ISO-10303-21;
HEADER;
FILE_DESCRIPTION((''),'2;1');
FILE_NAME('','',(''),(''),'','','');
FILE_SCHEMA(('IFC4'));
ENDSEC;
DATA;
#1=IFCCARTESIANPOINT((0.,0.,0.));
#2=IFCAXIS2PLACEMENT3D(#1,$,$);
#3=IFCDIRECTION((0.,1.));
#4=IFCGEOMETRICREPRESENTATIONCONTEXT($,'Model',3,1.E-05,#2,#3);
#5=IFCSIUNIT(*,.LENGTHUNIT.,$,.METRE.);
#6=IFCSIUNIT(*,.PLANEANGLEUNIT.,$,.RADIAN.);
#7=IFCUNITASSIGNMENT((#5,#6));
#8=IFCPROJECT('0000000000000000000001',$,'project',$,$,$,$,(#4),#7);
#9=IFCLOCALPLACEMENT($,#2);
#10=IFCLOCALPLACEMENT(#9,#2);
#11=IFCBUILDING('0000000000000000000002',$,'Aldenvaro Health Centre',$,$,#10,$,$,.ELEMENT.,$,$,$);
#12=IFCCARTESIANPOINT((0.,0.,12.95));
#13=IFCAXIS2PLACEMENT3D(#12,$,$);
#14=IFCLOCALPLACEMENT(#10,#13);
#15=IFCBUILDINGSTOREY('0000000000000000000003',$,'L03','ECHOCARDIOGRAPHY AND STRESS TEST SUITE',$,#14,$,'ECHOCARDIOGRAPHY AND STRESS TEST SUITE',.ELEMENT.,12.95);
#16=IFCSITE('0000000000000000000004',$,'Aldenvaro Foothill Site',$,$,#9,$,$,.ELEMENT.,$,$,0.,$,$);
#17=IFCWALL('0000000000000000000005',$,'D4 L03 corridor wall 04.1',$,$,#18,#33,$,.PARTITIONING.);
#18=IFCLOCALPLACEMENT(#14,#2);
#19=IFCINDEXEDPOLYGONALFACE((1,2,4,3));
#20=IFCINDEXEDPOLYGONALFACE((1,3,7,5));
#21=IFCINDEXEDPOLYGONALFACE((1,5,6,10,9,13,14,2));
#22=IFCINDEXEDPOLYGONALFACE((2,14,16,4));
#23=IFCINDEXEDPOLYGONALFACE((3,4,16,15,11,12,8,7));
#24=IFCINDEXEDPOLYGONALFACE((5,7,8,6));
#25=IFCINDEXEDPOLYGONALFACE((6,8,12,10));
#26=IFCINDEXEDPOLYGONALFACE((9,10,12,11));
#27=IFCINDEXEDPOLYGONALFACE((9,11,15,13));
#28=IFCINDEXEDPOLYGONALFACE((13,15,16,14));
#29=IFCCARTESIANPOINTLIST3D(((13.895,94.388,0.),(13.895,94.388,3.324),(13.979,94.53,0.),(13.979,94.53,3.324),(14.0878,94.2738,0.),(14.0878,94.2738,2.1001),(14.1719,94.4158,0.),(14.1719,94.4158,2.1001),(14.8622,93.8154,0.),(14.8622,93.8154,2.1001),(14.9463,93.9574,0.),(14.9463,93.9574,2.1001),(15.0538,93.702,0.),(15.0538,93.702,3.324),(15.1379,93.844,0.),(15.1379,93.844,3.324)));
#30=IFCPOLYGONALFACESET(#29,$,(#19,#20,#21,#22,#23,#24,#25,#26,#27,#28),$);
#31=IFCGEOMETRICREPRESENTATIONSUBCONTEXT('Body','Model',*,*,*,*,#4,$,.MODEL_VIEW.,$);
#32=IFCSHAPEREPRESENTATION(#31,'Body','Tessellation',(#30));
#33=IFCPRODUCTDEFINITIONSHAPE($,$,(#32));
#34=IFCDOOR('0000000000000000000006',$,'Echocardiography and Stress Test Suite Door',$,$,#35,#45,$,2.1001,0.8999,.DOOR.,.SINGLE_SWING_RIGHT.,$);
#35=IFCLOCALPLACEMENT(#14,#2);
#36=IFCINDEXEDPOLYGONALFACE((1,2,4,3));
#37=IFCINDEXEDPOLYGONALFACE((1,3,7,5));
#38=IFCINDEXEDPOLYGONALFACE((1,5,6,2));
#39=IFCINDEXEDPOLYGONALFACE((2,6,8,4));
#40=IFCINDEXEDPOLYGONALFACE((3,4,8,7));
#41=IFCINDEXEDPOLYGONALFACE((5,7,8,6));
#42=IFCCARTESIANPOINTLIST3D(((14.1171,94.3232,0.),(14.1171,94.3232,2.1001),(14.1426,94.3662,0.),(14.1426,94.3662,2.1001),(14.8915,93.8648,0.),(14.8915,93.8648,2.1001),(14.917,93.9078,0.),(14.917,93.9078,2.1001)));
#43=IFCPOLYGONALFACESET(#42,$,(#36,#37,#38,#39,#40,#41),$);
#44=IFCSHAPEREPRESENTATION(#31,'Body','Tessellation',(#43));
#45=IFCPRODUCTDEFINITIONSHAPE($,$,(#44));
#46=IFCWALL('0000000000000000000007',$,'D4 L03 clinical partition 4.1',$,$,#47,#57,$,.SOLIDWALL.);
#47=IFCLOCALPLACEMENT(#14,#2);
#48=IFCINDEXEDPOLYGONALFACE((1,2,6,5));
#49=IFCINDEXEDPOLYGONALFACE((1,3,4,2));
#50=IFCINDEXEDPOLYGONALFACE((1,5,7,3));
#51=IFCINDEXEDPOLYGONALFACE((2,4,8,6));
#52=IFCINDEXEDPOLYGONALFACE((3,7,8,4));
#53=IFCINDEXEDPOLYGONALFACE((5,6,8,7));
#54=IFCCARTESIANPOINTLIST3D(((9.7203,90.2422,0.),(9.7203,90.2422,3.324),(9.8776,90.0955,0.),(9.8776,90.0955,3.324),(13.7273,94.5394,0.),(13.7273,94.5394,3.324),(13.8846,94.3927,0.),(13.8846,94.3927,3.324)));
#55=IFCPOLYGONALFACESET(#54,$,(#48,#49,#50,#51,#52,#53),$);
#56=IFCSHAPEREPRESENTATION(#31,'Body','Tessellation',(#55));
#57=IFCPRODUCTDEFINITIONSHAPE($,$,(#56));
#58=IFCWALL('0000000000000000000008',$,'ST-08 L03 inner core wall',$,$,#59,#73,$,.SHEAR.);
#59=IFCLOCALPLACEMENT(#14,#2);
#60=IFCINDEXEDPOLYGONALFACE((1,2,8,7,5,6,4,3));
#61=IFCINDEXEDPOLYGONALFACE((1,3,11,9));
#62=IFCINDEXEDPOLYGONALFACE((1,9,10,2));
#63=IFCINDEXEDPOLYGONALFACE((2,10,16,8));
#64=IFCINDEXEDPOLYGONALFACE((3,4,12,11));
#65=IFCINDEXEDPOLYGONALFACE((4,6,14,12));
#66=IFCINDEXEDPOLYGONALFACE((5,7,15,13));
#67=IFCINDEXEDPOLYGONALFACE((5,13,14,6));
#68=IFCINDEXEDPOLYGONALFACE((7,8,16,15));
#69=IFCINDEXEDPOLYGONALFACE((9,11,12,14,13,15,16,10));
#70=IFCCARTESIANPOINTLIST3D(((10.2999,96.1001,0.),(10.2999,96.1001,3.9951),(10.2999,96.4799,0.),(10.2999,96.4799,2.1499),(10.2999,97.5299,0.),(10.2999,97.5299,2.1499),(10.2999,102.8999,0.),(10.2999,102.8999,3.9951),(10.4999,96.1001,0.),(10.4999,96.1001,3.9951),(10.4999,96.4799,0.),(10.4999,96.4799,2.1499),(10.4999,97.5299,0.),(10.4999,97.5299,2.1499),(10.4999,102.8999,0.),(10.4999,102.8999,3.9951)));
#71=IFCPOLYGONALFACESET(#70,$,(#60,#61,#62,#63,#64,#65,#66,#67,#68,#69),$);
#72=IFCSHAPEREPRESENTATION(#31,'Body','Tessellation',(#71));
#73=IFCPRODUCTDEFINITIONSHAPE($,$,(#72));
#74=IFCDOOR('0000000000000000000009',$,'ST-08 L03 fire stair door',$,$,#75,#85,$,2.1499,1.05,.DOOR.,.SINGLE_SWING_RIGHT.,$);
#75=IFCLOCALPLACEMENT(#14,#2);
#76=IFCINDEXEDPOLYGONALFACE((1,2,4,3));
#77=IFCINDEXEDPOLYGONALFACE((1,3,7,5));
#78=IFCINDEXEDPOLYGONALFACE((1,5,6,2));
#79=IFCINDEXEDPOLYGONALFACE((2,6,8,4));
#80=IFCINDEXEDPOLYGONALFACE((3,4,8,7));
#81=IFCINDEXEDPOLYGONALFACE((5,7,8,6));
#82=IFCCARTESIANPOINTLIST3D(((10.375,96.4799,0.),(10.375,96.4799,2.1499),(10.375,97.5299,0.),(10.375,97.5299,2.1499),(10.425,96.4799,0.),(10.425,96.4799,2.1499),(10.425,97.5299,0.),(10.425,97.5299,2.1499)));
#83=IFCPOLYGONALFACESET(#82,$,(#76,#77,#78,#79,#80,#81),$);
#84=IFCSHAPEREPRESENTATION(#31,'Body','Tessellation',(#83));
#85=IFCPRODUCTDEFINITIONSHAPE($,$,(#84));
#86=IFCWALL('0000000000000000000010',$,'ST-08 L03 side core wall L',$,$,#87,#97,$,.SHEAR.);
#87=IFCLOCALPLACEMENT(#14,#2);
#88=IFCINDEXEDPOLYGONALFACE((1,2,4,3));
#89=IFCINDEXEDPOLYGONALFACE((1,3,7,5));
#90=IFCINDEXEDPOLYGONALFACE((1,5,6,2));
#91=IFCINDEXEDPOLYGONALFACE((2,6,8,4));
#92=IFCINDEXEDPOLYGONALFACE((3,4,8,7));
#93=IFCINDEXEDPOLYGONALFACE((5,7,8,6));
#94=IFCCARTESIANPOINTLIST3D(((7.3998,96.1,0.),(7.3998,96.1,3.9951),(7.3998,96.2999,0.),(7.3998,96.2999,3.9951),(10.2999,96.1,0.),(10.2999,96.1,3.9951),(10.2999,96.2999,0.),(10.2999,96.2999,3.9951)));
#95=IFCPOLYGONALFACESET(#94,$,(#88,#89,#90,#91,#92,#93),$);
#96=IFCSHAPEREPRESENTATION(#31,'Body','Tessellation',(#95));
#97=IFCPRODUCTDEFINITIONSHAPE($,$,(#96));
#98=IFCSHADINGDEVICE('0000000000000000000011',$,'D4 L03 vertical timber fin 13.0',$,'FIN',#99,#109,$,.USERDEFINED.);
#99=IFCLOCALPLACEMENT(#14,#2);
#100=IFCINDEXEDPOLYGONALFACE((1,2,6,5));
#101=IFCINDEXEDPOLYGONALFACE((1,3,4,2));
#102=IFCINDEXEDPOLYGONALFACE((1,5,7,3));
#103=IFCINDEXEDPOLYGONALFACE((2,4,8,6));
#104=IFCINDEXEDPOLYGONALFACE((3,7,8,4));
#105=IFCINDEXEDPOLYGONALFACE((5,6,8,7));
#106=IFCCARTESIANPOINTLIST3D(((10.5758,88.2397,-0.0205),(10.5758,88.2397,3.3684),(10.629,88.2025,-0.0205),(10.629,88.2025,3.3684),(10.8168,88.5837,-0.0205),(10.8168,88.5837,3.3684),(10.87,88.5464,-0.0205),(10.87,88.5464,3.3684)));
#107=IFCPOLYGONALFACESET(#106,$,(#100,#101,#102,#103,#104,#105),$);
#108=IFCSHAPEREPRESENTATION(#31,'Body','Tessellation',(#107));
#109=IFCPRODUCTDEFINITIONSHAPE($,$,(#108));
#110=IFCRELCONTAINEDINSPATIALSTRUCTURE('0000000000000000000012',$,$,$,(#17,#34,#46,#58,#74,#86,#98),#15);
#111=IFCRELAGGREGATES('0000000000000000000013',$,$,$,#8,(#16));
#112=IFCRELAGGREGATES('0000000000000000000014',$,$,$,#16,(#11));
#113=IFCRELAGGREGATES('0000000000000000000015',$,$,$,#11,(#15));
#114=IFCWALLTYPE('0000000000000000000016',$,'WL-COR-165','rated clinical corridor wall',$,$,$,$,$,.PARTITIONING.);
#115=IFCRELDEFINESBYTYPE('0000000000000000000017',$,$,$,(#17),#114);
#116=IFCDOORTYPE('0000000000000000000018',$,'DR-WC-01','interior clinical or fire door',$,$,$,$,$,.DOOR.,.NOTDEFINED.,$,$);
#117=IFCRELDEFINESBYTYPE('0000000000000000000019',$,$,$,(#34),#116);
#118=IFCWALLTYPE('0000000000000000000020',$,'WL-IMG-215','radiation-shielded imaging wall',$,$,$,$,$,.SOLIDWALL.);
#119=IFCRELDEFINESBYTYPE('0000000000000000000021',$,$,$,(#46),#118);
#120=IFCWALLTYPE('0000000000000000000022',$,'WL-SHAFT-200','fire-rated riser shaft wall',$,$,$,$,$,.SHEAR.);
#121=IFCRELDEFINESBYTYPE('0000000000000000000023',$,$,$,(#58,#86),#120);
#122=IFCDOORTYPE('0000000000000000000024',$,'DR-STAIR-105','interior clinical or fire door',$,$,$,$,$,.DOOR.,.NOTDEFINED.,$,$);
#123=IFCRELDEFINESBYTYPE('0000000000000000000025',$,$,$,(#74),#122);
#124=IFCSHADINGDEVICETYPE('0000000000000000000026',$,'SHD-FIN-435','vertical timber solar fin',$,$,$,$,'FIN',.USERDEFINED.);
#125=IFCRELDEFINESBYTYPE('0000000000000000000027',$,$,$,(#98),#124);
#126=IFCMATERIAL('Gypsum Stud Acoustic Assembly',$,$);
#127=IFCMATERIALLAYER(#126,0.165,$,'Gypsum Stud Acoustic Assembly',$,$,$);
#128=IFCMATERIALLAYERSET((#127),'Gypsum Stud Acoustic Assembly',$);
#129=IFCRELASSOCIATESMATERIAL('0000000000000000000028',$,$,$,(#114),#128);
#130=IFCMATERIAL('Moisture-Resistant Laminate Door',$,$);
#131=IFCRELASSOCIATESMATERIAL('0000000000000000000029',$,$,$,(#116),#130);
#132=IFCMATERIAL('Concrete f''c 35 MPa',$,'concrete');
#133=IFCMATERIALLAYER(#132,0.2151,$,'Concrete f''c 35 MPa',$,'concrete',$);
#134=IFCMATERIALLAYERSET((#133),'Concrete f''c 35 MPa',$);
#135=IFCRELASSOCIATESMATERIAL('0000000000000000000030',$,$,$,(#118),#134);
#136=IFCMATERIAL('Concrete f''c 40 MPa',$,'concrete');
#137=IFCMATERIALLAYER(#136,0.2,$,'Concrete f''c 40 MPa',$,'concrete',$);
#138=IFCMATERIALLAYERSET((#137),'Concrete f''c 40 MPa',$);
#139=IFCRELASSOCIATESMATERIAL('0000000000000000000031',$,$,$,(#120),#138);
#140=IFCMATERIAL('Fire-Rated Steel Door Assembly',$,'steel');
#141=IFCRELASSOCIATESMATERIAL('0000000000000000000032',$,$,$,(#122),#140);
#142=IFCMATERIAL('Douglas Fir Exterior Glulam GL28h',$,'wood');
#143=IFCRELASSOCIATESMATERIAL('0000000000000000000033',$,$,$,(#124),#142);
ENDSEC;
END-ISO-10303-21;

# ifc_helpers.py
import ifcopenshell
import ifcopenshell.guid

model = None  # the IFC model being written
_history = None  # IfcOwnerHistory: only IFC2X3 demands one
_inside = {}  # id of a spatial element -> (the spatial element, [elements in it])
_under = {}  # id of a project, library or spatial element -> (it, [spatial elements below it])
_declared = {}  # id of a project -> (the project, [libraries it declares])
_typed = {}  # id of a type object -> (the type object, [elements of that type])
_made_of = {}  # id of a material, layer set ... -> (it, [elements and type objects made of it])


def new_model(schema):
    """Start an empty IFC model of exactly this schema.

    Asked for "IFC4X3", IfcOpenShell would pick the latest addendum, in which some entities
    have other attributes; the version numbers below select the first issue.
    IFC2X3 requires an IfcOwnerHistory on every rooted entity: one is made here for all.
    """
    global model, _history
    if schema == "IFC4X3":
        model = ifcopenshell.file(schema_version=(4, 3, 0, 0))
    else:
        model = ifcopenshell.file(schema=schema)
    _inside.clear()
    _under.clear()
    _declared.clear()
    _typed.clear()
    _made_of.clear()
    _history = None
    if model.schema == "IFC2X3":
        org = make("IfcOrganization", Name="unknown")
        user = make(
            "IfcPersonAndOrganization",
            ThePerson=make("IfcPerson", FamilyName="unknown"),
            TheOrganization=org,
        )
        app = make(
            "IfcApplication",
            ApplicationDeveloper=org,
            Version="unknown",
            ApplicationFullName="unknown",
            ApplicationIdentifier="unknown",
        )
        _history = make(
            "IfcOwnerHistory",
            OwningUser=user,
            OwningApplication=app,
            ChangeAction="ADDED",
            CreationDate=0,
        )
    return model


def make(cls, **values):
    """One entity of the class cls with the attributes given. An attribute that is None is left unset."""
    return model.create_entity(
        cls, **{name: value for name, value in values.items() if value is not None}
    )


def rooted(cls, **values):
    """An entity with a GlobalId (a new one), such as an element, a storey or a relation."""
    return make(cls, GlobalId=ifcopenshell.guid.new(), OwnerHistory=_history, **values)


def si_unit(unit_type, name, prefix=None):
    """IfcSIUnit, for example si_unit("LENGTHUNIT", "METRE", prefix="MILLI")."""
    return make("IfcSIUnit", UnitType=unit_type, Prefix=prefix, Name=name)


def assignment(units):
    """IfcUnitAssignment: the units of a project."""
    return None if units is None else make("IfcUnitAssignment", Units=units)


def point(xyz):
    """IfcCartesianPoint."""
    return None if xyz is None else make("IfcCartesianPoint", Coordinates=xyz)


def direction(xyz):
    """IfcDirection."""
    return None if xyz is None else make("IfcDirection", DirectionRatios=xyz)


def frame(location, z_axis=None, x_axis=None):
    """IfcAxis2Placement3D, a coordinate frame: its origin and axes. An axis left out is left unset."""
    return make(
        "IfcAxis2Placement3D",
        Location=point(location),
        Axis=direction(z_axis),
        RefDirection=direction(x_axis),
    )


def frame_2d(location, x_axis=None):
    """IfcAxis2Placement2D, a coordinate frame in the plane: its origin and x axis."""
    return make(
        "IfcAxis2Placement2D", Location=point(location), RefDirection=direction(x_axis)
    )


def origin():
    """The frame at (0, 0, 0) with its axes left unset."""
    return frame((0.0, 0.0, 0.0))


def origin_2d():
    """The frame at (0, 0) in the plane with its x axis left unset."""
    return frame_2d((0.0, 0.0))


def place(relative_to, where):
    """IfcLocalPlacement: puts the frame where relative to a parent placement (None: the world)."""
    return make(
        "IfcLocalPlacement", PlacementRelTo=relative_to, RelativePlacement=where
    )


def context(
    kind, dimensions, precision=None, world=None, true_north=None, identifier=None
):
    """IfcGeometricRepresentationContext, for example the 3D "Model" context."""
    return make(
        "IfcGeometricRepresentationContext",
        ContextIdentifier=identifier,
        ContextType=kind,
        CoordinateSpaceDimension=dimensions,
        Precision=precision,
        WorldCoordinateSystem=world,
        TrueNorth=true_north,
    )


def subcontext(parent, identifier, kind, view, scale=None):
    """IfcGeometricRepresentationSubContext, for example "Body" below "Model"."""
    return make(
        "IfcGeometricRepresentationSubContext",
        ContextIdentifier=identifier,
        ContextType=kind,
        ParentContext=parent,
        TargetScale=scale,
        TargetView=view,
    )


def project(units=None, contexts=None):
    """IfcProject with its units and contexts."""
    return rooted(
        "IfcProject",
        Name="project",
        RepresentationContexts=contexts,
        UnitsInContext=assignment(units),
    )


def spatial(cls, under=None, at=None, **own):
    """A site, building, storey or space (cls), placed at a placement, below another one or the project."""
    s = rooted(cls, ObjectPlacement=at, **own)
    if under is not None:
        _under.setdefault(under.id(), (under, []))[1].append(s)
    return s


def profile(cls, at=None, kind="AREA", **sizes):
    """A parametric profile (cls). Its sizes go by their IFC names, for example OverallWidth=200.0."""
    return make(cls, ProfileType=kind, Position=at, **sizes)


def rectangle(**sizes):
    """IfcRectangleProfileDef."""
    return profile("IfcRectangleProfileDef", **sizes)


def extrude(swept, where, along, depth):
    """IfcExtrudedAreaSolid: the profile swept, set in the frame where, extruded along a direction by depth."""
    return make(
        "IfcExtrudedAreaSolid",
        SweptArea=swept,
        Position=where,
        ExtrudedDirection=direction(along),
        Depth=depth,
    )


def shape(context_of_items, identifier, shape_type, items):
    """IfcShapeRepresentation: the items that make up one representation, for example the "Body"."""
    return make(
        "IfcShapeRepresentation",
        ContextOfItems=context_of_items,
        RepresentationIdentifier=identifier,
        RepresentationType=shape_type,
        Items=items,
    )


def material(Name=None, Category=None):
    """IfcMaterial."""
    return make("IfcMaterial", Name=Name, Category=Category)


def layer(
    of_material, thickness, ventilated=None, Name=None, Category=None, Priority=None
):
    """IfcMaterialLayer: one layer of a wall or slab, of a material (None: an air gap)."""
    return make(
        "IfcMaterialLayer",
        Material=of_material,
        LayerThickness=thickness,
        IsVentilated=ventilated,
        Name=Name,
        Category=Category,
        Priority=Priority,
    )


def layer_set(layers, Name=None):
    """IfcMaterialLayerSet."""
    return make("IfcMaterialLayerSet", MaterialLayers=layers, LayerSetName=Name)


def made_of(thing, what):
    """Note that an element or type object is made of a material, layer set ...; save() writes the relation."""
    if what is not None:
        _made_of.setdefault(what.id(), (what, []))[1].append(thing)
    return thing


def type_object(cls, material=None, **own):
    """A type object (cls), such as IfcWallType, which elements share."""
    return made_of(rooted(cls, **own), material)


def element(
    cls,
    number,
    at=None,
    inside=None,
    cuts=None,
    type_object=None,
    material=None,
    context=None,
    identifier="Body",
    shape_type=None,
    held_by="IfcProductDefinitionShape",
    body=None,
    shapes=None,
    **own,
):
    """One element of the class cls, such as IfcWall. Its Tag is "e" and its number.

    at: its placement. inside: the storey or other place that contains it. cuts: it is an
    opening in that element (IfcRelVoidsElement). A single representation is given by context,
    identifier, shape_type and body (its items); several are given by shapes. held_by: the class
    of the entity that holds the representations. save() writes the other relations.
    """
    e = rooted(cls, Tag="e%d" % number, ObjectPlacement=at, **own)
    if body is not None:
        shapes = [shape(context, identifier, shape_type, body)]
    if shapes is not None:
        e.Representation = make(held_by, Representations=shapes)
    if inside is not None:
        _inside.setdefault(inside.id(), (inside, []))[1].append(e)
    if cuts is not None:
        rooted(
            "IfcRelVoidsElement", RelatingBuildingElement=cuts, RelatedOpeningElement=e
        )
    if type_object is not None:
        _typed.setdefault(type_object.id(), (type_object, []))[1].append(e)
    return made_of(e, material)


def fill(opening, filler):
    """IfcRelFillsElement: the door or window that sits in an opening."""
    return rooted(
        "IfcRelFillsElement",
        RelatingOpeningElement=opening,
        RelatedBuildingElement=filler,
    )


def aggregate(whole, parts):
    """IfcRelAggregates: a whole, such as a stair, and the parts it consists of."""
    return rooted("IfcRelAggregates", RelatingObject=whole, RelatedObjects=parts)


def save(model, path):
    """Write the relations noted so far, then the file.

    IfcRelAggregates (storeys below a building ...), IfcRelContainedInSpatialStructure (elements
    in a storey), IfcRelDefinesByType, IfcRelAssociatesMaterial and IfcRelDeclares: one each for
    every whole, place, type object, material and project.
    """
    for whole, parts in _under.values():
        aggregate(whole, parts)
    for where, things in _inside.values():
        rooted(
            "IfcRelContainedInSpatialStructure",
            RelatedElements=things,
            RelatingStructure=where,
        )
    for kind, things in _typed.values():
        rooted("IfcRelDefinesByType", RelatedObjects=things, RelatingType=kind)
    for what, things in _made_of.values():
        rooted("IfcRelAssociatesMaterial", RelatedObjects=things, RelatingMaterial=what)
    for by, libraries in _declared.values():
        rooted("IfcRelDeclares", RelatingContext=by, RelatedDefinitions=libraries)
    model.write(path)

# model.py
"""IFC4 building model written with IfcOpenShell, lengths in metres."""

from ifc_helpers import new_model, si_unit, direction, frame, frame_2d, origin, origin_2d, place, context, subcontext, project, spatial, rectangle, extrude, material, layer, layer_set, type_object, element, fill, save


model = new_model("IFC4")

# Units and contexts
model_context = context("Model", 3, precision=1e-05, world=origin(), true_north=direction((0.0, 1.0)))
body_context = subcontext(model_context, "Body", "Model", "MODEL_VIEW")
ifc_project = project(units=[si_unit("LENGTHUNIT", "METRE"), si_unit("PLANEANGLEUNIT", "RADIAN")], contexts=[model_context])

# Site, building, storey
site_placement = place(None, origin())
site = spatial("IfcSite", under=ifc_project, at=site_placement, Name="Aldenvaro Foothill Site", CompositionType="ELEMENT", RefElevation=0.0)
building_placement = place(site_placement, origin())
building = spatial("IfcBuilding", under=site, at=building_placement, Name="Aldenvaro Health Centre", CompositionType="ELEMENT")
storey_placement = place(building_placement, frame((0.0, 0.0, 12.95)))
storey = spatial("IfcBuildingStorey", under=building, at=storey_placement, Name="L03", Description="ECHOCARDIOGRAPHY AND STRESS TEST SUITE", LongName="ECHOCARDIOGRAPHY AND STRESS TEST SUITE", CompositionType="ELEMENT", Elevation=12.95)

# Wall, opening, door
ifc_material_1 = material(Name="Gypsum Stud Acoustic Assembly")
ifc_layer_1 = layer(ifc_material_1, 0.165, Name="Gypsum Stud Acoustic Assembly")
ifc_layer_set_1 = layer_set([ifc_layer_1], Name="Gypsum Stud Acoustic Assembly")
wall_type_1 = type_object("IfcWallType", Name="WL-COR-165", Description="rated clinical corridor wall", PredefinedType="PARTITIONING", material=ifc_layer_set_1)
wall_1_placement = place(storey_placement, frame((13.937, 94.459, 0.0), z_axis=(0.0, 0.0, 1.0), x_axis=(0.860533, -0.509395, 0.0)))
wall_1 = element("IfcWall", 1, at=wall_1_placement, inside=storey, type_object=wall_type_1, Name="D4 L03 corridor wall 04.1", PredefinedType="PARTITIONING", context=body_context, shape_type="SweptSolid", body=[
    extrude(rectangle(XDim=1.3467, YDim=0.165, at=frame_2d((0.6733, 0.0))), origin(), (0.0, 0.0, 1.0), 3.324),
])
opening_1_placement = place(wall_1_placement, frame((0.2241, 0.0, 0.0)))
opening_1 = element("IfcOpeningElement", 2, at=opening_1_placement, cuts=wall_1, PredefinedType="OPENING", context=body_context, shape_type="SweptSolid", body=[
    extrude(rectangle(XDim=0.8999, YDim=2.1001, at=frame_2d((0.45, 1.05))), frame((0.0, 0.0925, 0.0), z_axis=(0.0, -1.0, 0.0), x_axis=(1.0, 0.0, 0.0)), (0.0, 0.0, 1.0), 0.1851),
])
ifc_material_2 = material(Name="Moisture-Resistant Laminate Door")
door_type_1 = type_object("IfcDoorType", Name="DR-WC-01", Description="interior clinical or fire door", OperationType="NOTDEFINED", PredefinedType="DOOR", material=ifc_material_2)
door_1_placement = place(opening_1_placement, origin())
door_1 = element("IfcDoor", 3, at=door_1_placement, inside=storey, type_object=door_type_1, Name="Echocardiography and Stress Test Suite Door", OperationType="SINGLE_SWING_RIGHT", OverallHeight=2.1001, OverallWidth=0.8999, PredefinedType="DOOR", context=body_context, shape_type="SweptSolid", body=[
    extrude(rectangle(XDim=0.8999, YDim=2.1001, at=frame_2d((0.45, 1.05))), frame((0.0, 0.0249, 0.0), z_axis=(0.0, -1.0, 0.0), x_axis=(1.0, 0.0, 0.0)), (0.0, 0.0, 1.0), 0.05),
])
fill(opening_1, door_1)

# Wall
ifc_material_3 = material(Name="Concrete f'c 35 MPa", Category="concrete")
ifc_layer_2 = layer(ifc_material_3, 0.2151, Name="Concrete f'c 35 MPa", Category="concrete")
ifc_layer_set_2 = layer_set([ifc_layer_2], Name="Concrete f'c 35 MPa")
wall_type_2 = type_object("IfcWallType", Name="WL-IMG-215", Description="radiation-shielded imaging wall", PredefinedType="SOLIDWALL", material=ifc_layer_set_2)
wall_2_placement = place(storey_placement, frame((13.8059, 94.4661, 0.0), z_axis=(0.0, 0.0, 1.0), x_axis=(-0.681972, -0.731379, 0.0)))
element("IfcWall", 4, at=wall_2_placement, inside=storey, type_object=wall_type_2, Name="D4 L03 clinical partition 4.1", PredefinedType="SOLIDWALL", context=body_context, shape_type="SweptSolid", body=[
    extrude(rectangle(XDim=5.8755, YDim=0.2151, at=frame_2d((2.9377, 0.0))), origin(), (0.0, 0.0, 1.0), 3.324),
])

# Wall, opening, door
ifc_material_4 = material(Name="Concrete f'c 40 MPa", Category="concrete")
ifc_layer_3 = layer(ifc_material_4, 0.2, Name="Concrete f'c 40 MPa", Category="concrete")
ifc_layer_set_3 = layer_set([ifc_layer_3], Name="Concrete f'c 40 MPa")
wall_type_3 = type_object("IfcWallType", Name="WL-SHAFT-200", Description="fire-rated riser shaft wall", PredefinedType="SHEAR", material=ifc_layer_set_3)
wall_3_placement = place(storey_placement, frame((10.3999, 96.1001, 0.0), z_axis=(0.0, 0.0, 1.0), x_axis=(0.0, 1.0, 0.0)))
wall_3 = element("IfcWall", 5, at=wall_3_placement, inside=storey, type_object=wall_type_3, Name="ST-08 L03 inner core wall", PredefinedType="SHEAR", context=body_context, shape_type="SweptSolid", body=[
    extrude(rectangle(XDim=6.7998, YDim=0.2, at=frame_2d((3.3999, 0.0))), origin(), (0.0, 0.0, 1.0), 3.9951),
])
opening_2_placement = place(wall_3_placement, frame((0.3799, 0.0, 0.0)))
opening_2 = element("IfcOpeningElement", 6, at=opening_2_placement, cuts=wall_3, PredefinedType="OPENING", context=body_context, shape_type="SweptSolid", body=[
    extrude(rectangle(XDim=1.05, YDim=2.1499, at=frame_2d((0.5249, 1.075))), frame((0.0, 0.1099, 0.0), z_axis=(0.0, -1.0, 0.0), x_axis=(1.0, 0.0, 0.0)), (0.0, 0.0, 1.0), 0.22),
])
ifc_material_5 = material(Name="Fire-Rated Steel Door Assembly", Category="steel")
door_type_2 = type_object("IfcDoorType", Name="DR-STAIR-105", Description="interior clinical or fire door", OperationType="NOTDEFINED", PredefinedType="DOOR", material=ifc_material_5)
door_2_placement = place(opening_2_placement, origin())
door_2 = element("IfcDoor", 7, at=door_2_placement, inside=storey, type_object=door_type_2, Name="ST-08 L03 fire stair door", OperationType="SINGLE_SWING_RIGHT", OverallHeight=2.1499, OverallWidth=1.05, PredefinedType="DOOR", context=body_context, shape_type="SweptSolid", body=[
    extrude(rectangle(XDim=1.05, YDim=2.1499, at=frame_2d((0.5249, 1.075))), frame((0.0, 0.0249, 0.0), z_axis=(0.0, -1.0, 0.0), x_axis=(1.0, 0.0, 0.0)), (0.0, 0.0, 1.0), 0.05),
])
fill(opening_2, door_2)

# Wall
wall_4_placement = place(storey_placement, frame((10.3, 96.2, 0.0), z_axis=(0.0, 0.0, 1.0), x_axis=(-1.0, 0.0, 0.0)))
element("IfcWall", 8, at=wall_4_placement, inside=storey, type_object=wall_type_3, Name="ST-08 L03 side core wall L", PredefinedType="SHEAR", context=body_context, shape_type="SweptSolid", body=[
    extrude(rectangle(XDim=2.9001, YDim=0.2, at=frame_2d((1.4502, 0.0))), origin(), (0.0, 0.0, 1.0), 3.9951),
])

# Shading device
ifc_material_6 = material(Name="Douglas Fir Exterior Glulam GL28h", Category="wood")
shading_device_type = type_object("IfcShadingDeviceType", Name="SHD-FIN-435", Description="vertical timber solar fin", ElementType="FIN", PredefinedType="USERDEFINED", material=ifc_material_6)
shading_device_placement = place(storey_placement, frame((10.7229, 88.3931, -0.0205), z_axis=(0.0, 0.0, 1.0), x_axis=(-0.819051, 0.573721, 0.0)))
element("IfcShadingDevice", 9, at=shading_device_placement, inside=storey, type_object=shading_device_type, Name="D4 L03 vertical timber fin 13.0", ObjectType="FIN", PredefinedType="USERDEFINED", context=body_context, shape_type="SweptSolid", body=[
    extrude(rectangle(XDim=0.0649, YDim=0.4199, at=origin_2d()), origin(), (0.0, 0.0, 1.0), 3.3889),
])

save(model, "model.ifc")
